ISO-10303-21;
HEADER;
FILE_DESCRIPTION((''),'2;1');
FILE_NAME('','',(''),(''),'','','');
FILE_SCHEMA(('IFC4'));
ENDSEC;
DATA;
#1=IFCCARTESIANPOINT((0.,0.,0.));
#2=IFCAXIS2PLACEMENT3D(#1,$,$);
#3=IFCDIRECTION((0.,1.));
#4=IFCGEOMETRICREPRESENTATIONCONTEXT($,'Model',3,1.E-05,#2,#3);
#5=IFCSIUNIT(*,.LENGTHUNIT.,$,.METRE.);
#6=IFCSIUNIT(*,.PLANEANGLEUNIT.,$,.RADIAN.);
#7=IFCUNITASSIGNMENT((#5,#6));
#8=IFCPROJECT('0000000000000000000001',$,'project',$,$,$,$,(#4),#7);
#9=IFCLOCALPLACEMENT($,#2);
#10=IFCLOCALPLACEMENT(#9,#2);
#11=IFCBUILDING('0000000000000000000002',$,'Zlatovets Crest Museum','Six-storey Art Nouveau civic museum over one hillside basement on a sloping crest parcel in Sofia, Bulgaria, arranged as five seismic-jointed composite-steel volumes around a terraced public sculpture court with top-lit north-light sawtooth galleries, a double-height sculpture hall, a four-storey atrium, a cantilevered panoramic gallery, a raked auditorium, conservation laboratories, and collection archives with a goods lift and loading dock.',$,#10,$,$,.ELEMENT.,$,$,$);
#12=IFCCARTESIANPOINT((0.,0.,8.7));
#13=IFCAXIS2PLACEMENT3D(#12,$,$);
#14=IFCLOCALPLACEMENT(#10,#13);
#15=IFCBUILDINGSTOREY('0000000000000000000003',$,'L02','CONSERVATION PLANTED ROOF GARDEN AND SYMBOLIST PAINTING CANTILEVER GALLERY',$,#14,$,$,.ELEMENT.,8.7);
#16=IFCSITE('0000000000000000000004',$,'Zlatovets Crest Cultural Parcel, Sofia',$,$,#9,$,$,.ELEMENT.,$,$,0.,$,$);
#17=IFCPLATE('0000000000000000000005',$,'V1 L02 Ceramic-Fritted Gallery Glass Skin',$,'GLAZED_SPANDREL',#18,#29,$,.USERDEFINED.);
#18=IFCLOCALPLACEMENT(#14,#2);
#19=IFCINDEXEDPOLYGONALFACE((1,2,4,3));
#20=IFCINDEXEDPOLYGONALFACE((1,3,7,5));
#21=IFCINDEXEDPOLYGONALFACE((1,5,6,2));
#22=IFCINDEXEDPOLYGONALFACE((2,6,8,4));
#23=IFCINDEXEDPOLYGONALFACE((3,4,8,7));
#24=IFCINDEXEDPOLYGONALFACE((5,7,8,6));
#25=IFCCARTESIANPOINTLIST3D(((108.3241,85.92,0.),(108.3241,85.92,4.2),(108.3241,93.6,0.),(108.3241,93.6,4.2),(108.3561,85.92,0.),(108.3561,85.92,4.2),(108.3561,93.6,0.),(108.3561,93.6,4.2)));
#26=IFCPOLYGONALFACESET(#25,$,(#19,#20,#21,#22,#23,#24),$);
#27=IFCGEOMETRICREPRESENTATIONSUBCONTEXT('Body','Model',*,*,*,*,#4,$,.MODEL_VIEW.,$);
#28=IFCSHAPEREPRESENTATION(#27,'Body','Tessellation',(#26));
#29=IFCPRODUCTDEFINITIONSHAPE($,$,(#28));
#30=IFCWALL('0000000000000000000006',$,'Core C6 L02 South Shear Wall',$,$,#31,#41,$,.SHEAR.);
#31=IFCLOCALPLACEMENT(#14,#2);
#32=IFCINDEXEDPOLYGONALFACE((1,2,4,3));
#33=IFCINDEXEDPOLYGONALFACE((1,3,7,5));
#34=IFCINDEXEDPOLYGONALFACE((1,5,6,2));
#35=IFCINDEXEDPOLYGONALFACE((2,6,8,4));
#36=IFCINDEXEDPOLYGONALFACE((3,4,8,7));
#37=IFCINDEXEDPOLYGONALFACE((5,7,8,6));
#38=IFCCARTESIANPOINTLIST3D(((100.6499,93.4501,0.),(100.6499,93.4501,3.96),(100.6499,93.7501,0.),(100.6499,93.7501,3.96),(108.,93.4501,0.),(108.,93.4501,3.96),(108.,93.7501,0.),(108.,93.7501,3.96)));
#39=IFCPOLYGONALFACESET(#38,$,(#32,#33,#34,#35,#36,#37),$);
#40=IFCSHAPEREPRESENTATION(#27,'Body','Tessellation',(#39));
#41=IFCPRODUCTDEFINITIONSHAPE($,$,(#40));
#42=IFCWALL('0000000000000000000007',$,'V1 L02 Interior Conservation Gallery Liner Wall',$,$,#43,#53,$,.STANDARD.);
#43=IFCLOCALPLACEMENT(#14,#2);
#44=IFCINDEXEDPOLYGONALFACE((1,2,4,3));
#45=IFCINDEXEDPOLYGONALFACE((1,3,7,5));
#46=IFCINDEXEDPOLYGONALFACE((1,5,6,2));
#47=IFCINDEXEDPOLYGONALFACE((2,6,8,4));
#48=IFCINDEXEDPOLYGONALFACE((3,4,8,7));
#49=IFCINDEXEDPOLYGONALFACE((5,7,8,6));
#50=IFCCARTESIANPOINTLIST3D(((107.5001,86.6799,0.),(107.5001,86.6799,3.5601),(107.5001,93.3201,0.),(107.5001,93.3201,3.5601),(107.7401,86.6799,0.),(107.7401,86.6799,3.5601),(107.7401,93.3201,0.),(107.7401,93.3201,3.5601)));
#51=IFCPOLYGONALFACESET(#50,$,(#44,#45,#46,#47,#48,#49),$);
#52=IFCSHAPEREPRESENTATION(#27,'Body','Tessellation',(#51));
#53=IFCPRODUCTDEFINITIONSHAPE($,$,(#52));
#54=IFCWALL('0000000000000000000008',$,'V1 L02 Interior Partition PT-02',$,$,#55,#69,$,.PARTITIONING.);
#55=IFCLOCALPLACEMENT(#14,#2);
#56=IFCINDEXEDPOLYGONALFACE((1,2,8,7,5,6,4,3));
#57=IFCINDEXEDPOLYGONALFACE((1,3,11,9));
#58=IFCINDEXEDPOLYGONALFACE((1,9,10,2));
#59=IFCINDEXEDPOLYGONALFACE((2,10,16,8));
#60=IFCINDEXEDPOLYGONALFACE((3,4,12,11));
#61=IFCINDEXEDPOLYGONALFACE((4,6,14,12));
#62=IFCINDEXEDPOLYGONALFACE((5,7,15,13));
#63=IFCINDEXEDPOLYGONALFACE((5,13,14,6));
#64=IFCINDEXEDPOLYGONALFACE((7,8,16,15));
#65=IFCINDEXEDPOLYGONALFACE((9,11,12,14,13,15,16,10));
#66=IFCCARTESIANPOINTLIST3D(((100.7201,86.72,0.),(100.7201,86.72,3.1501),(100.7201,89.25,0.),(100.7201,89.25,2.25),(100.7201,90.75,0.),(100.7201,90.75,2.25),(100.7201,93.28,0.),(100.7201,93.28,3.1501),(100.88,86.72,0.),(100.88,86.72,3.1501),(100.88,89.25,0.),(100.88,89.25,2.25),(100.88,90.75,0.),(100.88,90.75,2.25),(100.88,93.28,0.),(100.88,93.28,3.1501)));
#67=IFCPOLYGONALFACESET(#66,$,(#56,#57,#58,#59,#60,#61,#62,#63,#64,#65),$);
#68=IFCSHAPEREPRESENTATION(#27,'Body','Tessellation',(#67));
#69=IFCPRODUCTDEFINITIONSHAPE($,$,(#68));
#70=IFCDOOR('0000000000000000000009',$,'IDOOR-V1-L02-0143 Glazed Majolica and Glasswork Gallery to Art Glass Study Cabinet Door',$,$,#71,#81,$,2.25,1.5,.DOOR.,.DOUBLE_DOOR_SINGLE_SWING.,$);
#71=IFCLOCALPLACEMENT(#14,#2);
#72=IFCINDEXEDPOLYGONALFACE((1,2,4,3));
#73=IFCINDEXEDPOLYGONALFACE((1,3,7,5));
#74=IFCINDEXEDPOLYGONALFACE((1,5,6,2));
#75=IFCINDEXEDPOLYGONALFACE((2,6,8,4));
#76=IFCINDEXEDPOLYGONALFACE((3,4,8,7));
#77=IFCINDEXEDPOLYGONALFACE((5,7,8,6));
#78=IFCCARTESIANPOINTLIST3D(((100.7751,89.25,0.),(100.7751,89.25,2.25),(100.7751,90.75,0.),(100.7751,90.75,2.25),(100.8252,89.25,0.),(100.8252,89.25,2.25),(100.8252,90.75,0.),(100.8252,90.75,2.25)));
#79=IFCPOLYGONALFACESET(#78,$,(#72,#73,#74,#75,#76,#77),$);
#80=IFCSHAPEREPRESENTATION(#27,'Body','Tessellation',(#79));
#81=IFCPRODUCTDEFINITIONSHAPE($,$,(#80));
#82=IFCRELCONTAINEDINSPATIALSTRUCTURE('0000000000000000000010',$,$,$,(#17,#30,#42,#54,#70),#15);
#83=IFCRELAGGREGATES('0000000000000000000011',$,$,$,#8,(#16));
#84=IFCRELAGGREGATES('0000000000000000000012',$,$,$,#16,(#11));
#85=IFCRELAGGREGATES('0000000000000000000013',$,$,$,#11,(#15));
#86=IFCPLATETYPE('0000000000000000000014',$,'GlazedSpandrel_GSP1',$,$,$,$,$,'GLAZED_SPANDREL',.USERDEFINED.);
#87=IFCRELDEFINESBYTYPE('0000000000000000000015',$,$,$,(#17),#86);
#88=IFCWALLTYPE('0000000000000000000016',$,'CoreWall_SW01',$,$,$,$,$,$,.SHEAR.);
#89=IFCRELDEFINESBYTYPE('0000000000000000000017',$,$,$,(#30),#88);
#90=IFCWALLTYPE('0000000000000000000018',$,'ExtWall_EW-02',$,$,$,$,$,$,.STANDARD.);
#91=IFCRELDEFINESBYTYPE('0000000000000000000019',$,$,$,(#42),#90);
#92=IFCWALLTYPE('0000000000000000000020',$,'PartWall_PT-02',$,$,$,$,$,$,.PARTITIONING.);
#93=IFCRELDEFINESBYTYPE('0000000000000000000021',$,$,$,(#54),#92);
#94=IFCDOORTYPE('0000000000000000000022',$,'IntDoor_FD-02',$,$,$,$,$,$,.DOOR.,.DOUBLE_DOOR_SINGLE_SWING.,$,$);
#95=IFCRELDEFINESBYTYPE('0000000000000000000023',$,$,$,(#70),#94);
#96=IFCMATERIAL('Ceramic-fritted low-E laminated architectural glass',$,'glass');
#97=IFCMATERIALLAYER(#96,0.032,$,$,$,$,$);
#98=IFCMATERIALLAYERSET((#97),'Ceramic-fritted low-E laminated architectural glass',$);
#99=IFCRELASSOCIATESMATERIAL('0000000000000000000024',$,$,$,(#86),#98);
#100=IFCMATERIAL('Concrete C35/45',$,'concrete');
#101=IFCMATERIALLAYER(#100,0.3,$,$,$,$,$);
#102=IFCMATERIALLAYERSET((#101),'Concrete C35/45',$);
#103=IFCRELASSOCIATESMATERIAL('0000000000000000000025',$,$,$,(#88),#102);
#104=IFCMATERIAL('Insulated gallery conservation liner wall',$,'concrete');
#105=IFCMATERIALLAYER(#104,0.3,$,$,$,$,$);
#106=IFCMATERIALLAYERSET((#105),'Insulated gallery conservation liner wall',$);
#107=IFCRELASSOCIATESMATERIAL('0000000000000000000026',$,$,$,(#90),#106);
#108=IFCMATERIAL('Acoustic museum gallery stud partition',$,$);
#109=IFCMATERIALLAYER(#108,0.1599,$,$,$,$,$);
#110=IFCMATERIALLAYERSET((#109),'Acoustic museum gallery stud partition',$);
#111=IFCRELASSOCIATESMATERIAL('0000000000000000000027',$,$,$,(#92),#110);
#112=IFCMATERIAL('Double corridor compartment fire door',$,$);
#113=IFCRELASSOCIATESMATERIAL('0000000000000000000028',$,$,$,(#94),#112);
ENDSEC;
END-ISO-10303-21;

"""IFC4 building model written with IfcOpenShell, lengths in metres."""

from ifc_helpers import new_model, si_unit, direction, frame, frame_2d, origin, origin_2d, place, context, subcontext, project, spatial, rectangle, extrude, material, layer, layer_set, type_object, element, fill, save


model = new_model("IFC4")

# Units and contexts
model_context = context("Model", 3, precision=1e-05, world=origin(), true_north=direction((0.0, 1.0)))
body_context = subcontext(model_context, "Body", "Model", "MODEL_VIEW")
ifc_project = project(units=[si_unit("LENGTHUNIT", "METRE"), si_unit("PLANEANGLEUNIT", "RADIAN")], contexts=[model_context])

# Site, building, storey
site_placement = place(None, origin())
site = spatial("IfcSite", under=ifc_project, at=site_placement, Name="Zlatovets Crest Cultural Parcel, Sofia", CompositionType="ELEMENT", RefElevation=0.0)
building_placement = place(site_placement, origin())
building = spatial("IfcBuilding", under=site, at=building_placement, Name="Zlatovets Crest Museum", Description="Six-storey Art Nouveau civic museum over one hillside basement on a sloping crest parcel in Sofia, Bulgaria, arranged as five seismic-jointed composite-steel volumes around a terraced public sculpture court with top-lit north-light sawtooth galleries, a double-height sculpture hall, a four-storey atrium, a cantilevered panoramic gallery, a raked auditorium, conservation laboratories, and collection archives with a goods lift and loading dock.", CompositionType="ELEMENT")
storey_placement = place(building_placement, frame((0.0, 0.0, 8.7)))
storey = spatial("IfcBuildingStorey", under=building, at=storey_placement, Name="L02", Description="CONSERVATION PLANTED ROOF GARDEN AND SYMBOLIST PAINTING CANTILEVER GALLERY", CompositionType="ELEMENT", Elevation=8.7)

# Plate
ifc_material_1 = material(Name="Ceramic-fritted low-E laminated architectural glass", Category="glass")
ifc_layer_1 = layer(ifc_material_1, 0.032)
ifc_layer_set_1 = layer_set([ifc_layer_1], Name="Ceramic-fritted low-E laminated architectural glass")
plate_type = type_object("IfcPlateType", Name="GlazedSpandrel_GSP1", ElementType="GLAZED_SPANDREL", PredefinedType="USERDEFINED", material=ifc_layer_set_1)
plate_placement = place(storey_placement, frame((108.3401, 89.76, 0.0), z_axis=(0.0, 0.0, 1.0), x_axis=(0.0, 1.0, 0.0)))
element("IfcPlate", 1, at=plate_placement, inside=storey, type_object=plate_type, Name="V1 L02 Ceramic-Fritted Gallery Glass Skin", ObjectType="GLAZED_SPANDREL", PredefinedType="USERDEFINED", context=body_context, shape_type="SweptSolid", body=[
    extrude(rectangle(XDim=7.6799, YDim=0.032, at=origin_2d()), origin(), (0.0, 0.0, 1.0), 4.2),
])

# Walls
ifc_material_2 = material(Name="Concrete C35/45", Category="concrete")
ifc_layer_2 = layer(ifc_material_2, 0.3)
ifc_layer_set_2 = layer_set([ifc_layer_2], Name="Concrete C35/45")
wall_type_1 = type_object("IfcWallType", Name="CoreWall_SW01", PredefinedType="SHEAR", material=ifc_layer_set_2)
wall_1_placement = place(storey_placement, frame((100.6499, 93.6001, 0.0), z_axis=(0.0, 0.0, 1.0), x_axis=(1.0, 0.0, 0.0)))
element("IfcWall", 2, at=wall_1_placement, inside=storey, type_object=wall_type_1, Name="Core C6 L02 South Shear Wall", PredefinedType="SHEAR", context=body_context, shape_type="SweptSolid", body=[
    extrude(rectangle(XDim=7.3501, YDim=0.3, at=frame_2d((3.675, 0.0))), origin(), (0.0, 0.0, 1.0), 3.96),
])
ifc_material_3 = material(Name="Insulated gallery conservation liner wall", Category="concrete")
ifc_layer_3 = layer(ifc_material_3, 0.3)
ifc_layer_set_3 = layer_set([ifc_layer_3], Name="Insulated gallery conservation liner wall")
wall_type_2 = type_object("IfcWallType", Name="ExtWall_EW-02", PredefinedType="STANDARD", material=ifc_layer_set_3)
wall_2_placement = place(storey_placement, frame((107.6201, 86.6799, 0.0), z_axis=(0.0, 0.0, 1.0), x_axis=(0.0, 1.0, 0.0)))
element("IfcWall", 3, at=wall_2_placement, inside=storey, type_object=wall_type_2, Name="V1 L02 Interior Conservation Gallery Liner Wall", PredefinedType="STANDARD", context=body_context, shape_type="SweptSolid", body=[
    extrude(rectangle(XDim=6.6401, YDim=0.24, at=frame_2d((3.3201, 0.0))), origin(), (0.0, 0.0, 1.0), 3.5601),
])

# Wall, opening, door
ifc_material_4 = material(Name="Acoustic museum gallery stud partition")
ifc_layer_4 = layer(ifc_material_4, 0.1599)
ifc_layer_set_4 = layer_set([ifc_layer_4], Name="Acoustic museum gallery stud partition")
wall_type_3 = type_object("IfcWallType", Name="PartWall_PT-02", PredefinedType="PARTITIONING", material=ifc_layer_set_4)
wall_3_placement = place(storey_placement, frame((100.8, 86.72, 0.0), z_axis=(0.0, 0.0, 1.0), x_axis=(0.0, 1.0, 0.0)))
wall_3 = element("IfcWall", 4, at=wall_3_placement, inside=storey, type_object=wall_type_3, Name="V1 L02 Interior Partition PT-02", PredefinedType="PARTITIONING", context=body_context, shape_type="SweptSolid", body=[
    extrude(rectangle(XDim=6.5601, YDim=0.1599, at=frame_2d((3.28, 0.0))), origin(), (0.0, 0.0, 1.0), 3.1501),
])
opening_placement = place(wall_3_placement, frame((2.53, 0.0, 0.0)))
opening = element("IfcOpeningElement", 5, at=opening_placement, cuts=wall_3, PredefinedType="OPENING", context=body_context, shape_type="SweptSolid", body=[
    extrude(rectangle(XDim=1.5, YDim=2.25, at=frame_2d((0.75, 1.125))), frame((0.0, 0.0898, 0.0), z_axis=(0.0, -1.0, 0.0), x_axis=(1.0, 0.0, 0.0)), (0.0, 0.0, 1.0), 0.1799),
])
ifc_material_5 = material(Name="Double corridor compartment fire door")
door_type = type_object("IfcDoorType", Name="IntDoor_FD-02", OperationType="DOUBLE_DOOR_SINGLE_SWING", PredefinedType="DOOR", material=ifc_material_5)
door_placement = place(opening_placement, origin())
door = element("IfcDoor", 6, at=door_placement, inside=storey, type_object=door_type, Name="IDOOR-V1-L02-0143 Glazed Majolica and Glasswork Gallery to Art Glass Study Cabinet Door", OperationType="DOUBLE_DOOR_SINGLE_SWING", OverallHeight=2.25, OverallWidth=1.5, PredefinedType="DOOR", context=body_context, shape_type="SweptSolid", body=[
    extrude(rectangle(XDim=1.5, YDim=2.25, at=frame_2d((0.75, 1.125))), frame((0.0, 0.0249, 0.0), z_axis=(0.0, -1.0, 0.0), x_axis=(1.0, 0.0, 0.0)), (0.0, 0.0, 1.0), 0.05),
])
fill(opening, door)

save(model, "model.ifc")
